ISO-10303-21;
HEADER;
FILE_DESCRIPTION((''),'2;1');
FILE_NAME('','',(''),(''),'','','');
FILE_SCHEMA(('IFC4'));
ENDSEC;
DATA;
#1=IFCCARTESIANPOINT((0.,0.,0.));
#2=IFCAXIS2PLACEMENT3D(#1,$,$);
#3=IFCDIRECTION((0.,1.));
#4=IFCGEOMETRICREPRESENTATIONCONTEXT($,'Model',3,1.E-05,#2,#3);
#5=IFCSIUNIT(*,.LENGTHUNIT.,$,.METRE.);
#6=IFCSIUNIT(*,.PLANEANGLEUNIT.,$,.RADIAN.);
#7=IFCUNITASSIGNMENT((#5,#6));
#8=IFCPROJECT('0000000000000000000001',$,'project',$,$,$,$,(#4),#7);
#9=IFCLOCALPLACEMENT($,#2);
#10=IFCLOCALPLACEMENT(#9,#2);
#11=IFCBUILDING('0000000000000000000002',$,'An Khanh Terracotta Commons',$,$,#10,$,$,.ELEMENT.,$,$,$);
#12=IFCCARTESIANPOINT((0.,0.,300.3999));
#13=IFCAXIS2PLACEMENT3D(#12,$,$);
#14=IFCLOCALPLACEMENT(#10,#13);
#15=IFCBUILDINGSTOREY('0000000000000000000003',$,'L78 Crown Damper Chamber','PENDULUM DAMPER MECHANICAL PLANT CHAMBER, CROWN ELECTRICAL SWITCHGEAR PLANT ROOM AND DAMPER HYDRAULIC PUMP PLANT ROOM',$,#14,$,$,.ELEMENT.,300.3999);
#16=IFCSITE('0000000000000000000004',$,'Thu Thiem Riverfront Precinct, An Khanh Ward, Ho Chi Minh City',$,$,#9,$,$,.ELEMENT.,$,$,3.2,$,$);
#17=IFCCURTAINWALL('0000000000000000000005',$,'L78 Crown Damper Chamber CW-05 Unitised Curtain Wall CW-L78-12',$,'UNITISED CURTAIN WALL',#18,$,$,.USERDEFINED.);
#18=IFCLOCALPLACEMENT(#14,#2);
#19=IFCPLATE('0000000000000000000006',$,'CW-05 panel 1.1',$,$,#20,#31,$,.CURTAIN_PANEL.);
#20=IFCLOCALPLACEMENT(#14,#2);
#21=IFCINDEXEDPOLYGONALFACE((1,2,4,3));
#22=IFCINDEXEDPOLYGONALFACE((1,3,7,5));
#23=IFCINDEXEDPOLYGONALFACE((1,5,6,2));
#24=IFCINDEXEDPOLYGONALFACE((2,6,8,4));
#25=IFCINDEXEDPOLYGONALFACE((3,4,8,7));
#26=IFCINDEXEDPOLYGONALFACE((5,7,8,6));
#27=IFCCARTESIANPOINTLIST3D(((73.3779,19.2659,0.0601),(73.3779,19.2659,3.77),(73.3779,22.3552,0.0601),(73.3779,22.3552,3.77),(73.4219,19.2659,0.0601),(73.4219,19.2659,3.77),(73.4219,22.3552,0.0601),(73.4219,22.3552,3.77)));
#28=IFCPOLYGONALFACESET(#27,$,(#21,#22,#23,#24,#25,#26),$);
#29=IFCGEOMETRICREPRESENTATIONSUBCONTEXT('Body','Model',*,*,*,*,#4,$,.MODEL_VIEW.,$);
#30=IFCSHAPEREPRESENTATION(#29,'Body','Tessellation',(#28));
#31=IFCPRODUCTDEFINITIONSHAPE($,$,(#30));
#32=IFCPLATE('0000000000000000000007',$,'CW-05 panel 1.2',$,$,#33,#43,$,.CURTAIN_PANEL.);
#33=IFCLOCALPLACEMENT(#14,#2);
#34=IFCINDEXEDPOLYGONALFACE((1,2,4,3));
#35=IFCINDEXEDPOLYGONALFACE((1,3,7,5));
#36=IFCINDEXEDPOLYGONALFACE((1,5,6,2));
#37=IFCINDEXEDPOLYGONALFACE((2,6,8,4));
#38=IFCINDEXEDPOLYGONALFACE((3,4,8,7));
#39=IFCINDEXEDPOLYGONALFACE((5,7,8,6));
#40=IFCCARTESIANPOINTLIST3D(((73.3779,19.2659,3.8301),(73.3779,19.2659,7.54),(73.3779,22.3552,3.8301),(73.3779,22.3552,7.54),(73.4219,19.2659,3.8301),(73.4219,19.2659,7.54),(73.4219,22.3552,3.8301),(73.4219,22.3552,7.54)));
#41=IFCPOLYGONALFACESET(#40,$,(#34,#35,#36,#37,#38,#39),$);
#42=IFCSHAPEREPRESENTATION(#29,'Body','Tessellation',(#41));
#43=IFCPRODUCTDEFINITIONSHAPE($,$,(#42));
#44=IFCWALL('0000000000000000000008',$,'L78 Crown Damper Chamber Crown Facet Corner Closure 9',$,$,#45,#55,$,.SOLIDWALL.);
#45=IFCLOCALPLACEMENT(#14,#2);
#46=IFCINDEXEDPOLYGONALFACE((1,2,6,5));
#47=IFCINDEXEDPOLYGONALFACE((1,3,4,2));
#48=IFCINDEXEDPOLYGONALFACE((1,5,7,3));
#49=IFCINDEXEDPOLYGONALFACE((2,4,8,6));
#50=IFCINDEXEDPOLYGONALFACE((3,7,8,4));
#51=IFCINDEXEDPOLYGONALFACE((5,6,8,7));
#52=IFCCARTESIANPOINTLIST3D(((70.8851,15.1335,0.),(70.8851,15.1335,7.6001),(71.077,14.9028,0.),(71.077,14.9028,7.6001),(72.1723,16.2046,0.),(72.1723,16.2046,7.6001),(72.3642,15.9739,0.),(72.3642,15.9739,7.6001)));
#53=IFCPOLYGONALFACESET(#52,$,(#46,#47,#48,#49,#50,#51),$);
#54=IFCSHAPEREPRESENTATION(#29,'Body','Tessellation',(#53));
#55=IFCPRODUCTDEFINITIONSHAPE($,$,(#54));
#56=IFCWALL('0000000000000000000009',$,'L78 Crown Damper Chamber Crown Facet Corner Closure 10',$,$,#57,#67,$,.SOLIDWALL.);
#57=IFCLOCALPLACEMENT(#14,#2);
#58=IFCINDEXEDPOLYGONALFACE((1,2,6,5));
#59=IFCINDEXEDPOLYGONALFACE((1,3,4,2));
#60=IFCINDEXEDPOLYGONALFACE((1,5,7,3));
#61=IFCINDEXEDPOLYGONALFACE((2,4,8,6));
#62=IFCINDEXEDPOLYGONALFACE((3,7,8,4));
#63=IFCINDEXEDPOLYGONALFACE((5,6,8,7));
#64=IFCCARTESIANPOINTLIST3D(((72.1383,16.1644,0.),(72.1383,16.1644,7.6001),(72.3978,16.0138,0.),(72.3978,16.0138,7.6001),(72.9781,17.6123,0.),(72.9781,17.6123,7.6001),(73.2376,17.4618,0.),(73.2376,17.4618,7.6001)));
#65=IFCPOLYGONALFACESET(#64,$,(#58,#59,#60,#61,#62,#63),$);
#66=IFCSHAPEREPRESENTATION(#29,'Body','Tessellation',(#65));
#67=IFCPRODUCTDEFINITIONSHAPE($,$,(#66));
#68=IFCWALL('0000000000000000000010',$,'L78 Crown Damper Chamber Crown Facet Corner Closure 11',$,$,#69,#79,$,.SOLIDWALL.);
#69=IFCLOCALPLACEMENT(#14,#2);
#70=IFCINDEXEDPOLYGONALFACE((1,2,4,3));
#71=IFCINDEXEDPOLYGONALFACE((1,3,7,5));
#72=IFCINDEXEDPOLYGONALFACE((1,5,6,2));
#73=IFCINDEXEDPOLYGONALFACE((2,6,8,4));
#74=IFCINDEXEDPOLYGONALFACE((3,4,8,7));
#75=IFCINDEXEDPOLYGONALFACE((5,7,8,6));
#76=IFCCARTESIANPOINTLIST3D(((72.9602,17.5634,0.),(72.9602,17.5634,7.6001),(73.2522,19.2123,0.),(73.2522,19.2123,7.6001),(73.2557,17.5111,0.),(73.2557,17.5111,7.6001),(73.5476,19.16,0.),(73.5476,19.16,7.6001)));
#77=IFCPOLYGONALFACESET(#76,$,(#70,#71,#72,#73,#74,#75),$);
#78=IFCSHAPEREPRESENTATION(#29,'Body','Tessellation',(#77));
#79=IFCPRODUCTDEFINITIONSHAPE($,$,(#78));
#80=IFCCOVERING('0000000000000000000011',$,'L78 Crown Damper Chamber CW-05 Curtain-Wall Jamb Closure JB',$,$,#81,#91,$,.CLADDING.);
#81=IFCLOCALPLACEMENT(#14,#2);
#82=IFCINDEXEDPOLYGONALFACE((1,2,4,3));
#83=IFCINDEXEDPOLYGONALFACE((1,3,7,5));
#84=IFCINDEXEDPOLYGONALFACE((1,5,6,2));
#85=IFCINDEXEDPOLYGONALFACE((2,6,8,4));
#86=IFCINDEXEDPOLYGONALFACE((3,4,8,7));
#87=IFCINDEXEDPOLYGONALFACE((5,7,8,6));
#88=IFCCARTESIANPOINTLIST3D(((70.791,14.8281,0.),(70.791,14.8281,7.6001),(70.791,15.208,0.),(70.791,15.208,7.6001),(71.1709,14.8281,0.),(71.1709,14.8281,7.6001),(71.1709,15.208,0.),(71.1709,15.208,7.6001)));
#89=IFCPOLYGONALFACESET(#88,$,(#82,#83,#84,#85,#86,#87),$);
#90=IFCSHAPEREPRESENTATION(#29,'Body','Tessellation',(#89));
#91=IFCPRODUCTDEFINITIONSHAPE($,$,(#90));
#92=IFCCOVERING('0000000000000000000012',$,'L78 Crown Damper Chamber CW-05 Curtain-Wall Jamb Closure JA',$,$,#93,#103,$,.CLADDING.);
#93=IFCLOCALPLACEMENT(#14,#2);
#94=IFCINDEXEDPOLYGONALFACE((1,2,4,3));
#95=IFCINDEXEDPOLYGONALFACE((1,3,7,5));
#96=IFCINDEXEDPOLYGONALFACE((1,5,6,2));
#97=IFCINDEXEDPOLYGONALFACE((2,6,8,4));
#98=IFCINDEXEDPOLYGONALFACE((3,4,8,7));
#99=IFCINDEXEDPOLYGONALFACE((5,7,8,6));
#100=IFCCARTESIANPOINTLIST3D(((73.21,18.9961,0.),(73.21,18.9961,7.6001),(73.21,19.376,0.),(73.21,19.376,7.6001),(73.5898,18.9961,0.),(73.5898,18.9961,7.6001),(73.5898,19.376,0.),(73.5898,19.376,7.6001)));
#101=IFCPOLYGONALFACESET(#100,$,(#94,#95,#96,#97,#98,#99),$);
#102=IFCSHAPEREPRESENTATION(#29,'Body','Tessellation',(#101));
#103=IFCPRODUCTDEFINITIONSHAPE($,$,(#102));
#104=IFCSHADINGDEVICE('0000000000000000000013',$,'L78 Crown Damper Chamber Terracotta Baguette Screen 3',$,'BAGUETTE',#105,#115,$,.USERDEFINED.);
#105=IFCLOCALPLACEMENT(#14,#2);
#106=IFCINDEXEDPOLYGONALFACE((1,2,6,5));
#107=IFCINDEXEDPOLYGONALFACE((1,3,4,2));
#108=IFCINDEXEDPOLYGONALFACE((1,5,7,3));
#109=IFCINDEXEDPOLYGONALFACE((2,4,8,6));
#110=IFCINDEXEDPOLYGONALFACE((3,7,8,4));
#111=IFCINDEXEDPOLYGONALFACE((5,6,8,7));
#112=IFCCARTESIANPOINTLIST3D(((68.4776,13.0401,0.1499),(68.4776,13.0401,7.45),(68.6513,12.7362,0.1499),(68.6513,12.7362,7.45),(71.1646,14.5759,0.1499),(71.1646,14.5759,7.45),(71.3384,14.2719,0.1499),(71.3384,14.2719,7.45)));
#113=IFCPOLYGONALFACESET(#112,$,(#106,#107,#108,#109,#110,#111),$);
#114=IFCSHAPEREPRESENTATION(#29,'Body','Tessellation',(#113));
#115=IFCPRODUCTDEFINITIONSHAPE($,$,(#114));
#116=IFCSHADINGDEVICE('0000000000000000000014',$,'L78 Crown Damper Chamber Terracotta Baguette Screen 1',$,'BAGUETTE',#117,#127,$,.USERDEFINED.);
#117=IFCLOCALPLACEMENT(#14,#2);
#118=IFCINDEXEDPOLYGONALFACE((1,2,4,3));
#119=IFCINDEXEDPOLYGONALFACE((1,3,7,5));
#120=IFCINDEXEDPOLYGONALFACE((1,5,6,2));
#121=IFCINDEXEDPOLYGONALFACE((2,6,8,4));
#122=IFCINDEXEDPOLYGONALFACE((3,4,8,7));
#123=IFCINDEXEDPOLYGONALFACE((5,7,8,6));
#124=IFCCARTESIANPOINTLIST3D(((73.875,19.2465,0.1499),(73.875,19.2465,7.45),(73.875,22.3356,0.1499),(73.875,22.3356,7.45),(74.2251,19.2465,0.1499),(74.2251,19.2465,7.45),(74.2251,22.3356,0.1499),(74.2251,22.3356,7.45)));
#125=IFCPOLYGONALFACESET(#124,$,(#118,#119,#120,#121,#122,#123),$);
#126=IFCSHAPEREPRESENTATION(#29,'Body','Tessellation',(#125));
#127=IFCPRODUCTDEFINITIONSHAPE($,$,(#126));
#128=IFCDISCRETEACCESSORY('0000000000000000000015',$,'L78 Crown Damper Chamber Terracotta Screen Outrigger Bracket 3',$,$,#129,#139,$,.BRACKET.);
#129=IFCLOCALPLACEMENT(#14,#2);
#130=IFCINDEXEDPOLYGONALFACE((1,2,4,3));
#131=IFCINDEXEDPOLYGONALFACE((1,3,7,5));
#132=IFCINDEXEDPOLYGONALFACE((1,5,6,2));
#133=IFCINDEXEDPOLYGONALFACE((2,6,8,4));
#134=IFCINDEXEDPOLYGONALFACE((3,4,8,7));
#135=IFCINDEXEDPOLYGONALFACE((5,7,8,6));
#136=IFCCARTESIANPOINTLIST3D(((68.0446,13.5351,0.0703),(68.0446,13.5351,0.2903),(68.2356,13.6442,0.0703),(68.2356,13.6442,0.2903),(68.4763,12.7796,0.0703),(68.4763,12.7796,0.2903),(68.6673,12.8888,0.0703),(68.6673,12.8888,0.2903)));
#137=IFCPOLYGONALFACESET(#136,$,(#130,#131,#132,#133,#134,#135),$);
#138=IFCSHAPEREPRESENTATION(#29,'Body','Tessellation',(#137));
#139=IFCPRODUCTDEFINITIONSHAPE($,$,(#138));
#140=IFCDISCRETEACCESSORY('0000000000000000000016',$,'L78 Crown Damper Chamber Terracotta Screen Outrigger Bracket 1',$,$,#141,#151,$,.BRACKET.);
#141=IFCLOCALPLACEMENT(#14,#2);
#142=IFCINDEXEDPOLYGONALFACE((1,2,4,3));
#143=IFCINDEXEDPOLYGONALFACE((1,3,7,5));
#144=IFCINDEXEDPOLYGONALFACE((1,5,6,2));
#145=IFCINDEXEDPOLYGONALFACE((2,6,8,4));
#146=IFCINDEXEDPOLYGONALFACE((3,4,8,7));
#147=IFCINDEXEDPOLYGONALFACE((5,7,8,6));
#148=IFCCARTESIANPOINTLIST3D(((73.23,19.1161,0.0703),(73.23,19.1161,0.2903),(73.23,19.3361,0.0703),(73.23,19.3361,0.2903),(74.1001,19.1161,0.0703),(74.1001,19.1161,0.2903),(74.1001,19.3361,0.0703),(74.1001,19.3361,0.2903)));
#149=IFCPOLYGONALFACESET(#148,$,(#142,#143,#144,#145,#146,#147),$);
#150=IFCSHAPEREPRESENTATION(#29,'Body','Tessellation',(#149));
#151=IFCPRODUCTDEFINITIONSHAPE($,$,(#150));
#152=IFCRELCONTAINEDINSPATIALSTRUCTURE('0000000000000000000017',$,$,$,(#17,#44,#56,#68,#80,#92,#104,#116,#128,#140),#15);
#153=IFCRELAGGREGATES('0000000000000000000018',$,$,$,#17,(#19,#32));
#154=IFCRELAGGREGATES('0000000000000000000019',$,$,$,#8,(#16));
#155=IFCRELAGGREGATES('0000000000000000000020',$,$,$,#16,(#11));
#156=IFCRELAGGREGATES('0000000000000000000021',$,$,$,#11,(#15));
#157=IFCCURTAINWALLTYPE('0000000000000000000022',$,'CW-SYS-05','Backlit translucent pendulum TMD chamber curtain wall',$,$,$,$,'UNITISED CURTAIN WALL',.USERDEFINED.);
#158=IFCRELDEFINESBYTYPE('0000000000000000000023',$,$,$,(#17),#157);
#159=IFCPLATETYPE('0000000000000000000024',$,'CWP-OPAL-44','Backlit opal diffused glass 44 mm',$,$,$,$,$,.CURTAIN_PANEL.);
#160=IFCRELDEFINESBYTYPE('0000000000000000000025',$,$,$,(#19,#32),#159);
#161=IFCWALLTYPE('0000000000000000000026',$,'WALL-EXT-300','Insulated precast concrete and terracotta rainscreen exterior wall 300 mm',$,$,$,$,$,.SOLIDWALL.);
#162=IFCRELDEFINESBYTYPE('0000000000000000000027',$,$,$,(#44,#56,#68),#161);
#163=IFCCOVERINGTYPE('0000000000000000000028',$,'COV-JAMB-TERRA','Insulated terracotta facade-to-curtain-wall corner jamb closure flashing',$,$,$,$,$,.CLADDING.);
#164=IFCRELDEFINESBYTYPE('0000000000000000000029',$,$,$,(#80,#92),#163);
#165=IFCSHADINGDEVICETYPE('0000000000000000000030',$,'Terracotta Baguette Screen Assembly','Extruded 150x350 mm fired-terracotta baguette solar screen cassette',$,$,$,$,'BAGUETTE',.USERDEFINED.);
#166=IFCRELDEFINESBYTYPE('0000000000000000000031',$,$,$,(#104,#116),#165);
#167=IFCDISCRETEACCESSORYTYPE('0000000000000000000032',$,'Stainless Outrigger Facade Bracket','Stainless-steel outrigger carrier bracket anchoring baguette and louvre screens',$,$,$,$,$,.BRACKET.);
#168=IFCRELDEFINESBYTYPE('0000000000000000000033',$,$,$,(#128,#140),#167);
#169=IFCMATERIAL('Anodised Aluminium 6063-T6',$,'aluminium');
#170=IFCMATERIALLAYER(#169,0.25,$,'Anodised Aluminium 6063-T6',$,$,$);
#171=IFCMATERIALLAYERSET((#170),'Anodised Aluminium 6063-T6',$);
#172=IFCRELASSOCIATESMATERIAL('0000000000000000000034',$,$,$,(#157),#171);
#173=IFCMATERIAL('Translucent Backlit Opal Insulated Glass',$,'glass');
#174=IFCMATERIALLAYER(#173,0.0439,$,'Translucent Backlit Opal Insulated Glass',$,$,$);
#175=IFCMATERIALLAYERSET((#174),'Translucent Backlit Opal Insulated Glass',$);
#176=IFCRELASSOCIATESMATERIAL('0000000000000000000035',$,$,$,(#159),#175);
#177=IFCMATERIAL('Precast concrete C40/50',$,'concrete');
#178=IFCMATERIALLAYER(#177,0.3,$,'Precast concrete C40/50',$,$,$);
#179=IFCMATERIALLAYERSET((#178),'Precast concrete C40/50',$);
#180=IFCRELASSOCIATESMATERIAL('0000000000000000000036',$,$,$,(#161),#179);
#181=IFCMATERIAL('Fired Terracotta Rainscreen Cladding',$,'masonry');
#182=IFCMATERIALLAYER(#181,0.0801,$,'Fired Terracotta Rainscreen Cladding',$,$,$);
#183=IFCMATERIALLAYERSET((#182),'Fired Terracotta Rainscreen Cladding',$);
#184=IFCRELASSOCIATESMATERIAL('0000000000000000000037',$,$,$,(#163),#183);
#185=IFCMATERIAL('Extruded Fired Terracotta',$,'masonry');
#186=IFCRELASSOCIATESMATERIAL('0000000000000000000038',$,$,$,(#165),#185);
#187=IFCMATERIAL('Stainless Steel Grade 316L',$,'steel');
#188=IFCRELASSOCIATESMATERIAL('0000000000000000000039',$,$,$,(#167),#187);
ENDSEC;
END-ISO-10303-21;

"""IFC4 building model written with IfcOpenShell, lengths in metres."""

from ifc_helpers import new_model, si_unit, direction, frame, frame_2d, origin, origin_2d, place, context, subcontext, project, spatial, rectangle, extrude, material, layer, layer_set, type_object, element, aggregate, save


model = new_model("IFC4")

# Units and contexts
model_context = context("Model", 3, precision=1e-05, world=origin(), true_north=direction((0.0, 1.0)))
body_context = subcontext(model_context, "Body", "Model", "MODEL_VIEW")
ifc_project = project(units=[si_unit("LENGTHUNIT", "METRE"), si_unit("PLANEANGLEUNIT", "RADIAN")], contexts=[model_context])

# Site, building, storey
site_placement = place(None, origin())
site = spatial("IfcSite", under=ifc_project, at=site_placement, Name="Thu Thiem Riverfront Precinct, An Khanh Ward, Ho Chi Minh City", CompositionType="ELEMENT", RefElevation=3.2)
building_placement = place(site_placement, origin())
building = spatial("IfcBuilding", under=site, at=building_placement, Name="An Khanh Terracotta Commons", CompositionType="ELEMENT")
storey_placement = place(building_placement, frame((0.0, 0.0, 300.3999)))
storey = spatial("IfcBuildingStorey", under=building, at=storey_placement, Name="L78 Crown Damper Chamber", Description="PENDULUM DAMPER MECHANICAL PLANT CHAMBER, CROWN ELECTRICAL SWITCHGEAR PLANT ROOM AND DAMPER HYDRAULIC PUMP PLANT ROOM", CompositionType="ELEMENT", Elevation=300.3999)

# Curtain wall
ifc_material_1 = material(Name="Anodised Aluminium 6063-T6", Category="aluminium")
ifc_layer_1 = layer(ifc_material_1, 0.25, Name="Anodised Aluminium 6063-T6")
ifc_layer_set_1 = layer_set([ifc_layer_1], Name="Anodised Aluminium 6063-T6")
curtain_wall_type = type_object("IfcCurtainWallType", Name="CW-SYS-05", Description="Backlit translucent pendulum TMD chamber curtain wall", ElementType="UNITISED CURTAIN WALL", PredefinedType="USERDEFINED", material=ifc_layer_set_1)
curtain_wall_1_placement = place(storey_placement, origin())
curtain_wall_1 = element("IfcCurtainWall", 1, at=curtain_wall_1_placement, inside=storey, type_object=curtain_wall_type, Name="L78 Crown Damper Chamber CW-05 Unitised Curtain Wall CW-L78-12", ObjectType="UNITISED CURTAIN WALL", PredefinedType="USERDEFINED")

# Plates
ifc_material_2 = material(Name="Translucent Backlit Opal Insulated Glass", Category="glass")
ifc_layer_2 = layer(ifc_material_2, 0.0439, Name="Translucent Backlit Opal Insulated Glass")
ifc_layer_set_2 = layer_set([ifc_layer_2], Name="Translucent Backlit Opal Insulated Glass")
plate_type = type_object("IfcPlateType", Name="CWP-OPAL-44", Description="Backlit opal diffused glass 44 mm", PredefinedType="CURTAIN_PANEL", material=ifc_layer_set_2)
plate_1_placement = place(storey_placement, frame((73.3999, 20.8105, 0.0601), z_axis=(0.0, 0.0, 1.0), x_axis=(0.0, 1.0, 0.0)))
plate_1 = element("IfcPlate", 2, at=plate_1_placement, type_object=plate_type, Name="CW-05 panel 1.1", PredefinedType="CURTAIN_PANEL", context=body_context, shape_type="SweptSolid", body=[
    extrude(rectangle(XDim=3.0894, YDim=0.0439, at=origin_2d()), origin(), (0.0, 0.0, 1.0), 3.71),
])
plate_2_placement = place(storey_placement, frame((73.3999, 20.8105, 3.8301), z_axis=(0.0, 0.0, 1.0), x_axis=(0.0, 1.0, 0.0)))
plate_2 = element("IfcPlate", 3, at=plate_2_placement, type_object=plate_type, Name="CW-05 panel 1.2", PredefinedType="CURTAIN_PANEL", context=body_context, shape_type="SweptSolid", body=[
    extrude(rectangle(XDim=3.0894, YDim=0.0439, at=origin_2d()), origin(), (0.0, 0.0, 1.0), 3.71),
])
aggregate(curtain_wall_1, [plate_1, plate_2])

# Walls
ifc_material_3 = material(Name="Precast concrete C40/50", Category="concrete")
ifc_layer_3 = layer(ifc_material_3, 0.3, Name="Precast concrete C40/50")
ifc_layer_set_3 = layer_set([ifc_layer_3], Name="Precast concrete C40/50")
wall_type = type_object("IfcWallType", Name="WALL-EXT-300", Description="Insulated precast concrete and terracotta rainscreen exterior wall 300 mm", PredefinedType="SOLIDWALL", material=ifc_layer_set_3)
wall_1_placement = place(storey_placement, frame((70.981, 15.0181, 0.0), z_axis=(0.0, 0.0, 1.0), x_axis=(0.768675, 0.639639, 0.0)))
element("IfcWall", 4, at=wall_1_placement, inside=storey, type_object=wall_type, Name="L78 Crown Damper Chamber Crown Facet Corner Closure 9", PredefinedType="SOLIDWALL", context=body_context, shape_type="SweptSolid", body=[
    extrude(rectangle(XDim=1.6746, YDim=0.3, at=frame_2d((0.8374, 0.0))), origin(), (0.0, 0.0, 1.0), 7.6001),
])
wall_2_placement = place(storey_placement, frame((72.2681, 16.0891, 0.0), z_axis=(0.0, 0.0, 1.0), x_axis=(0.50172, 0.86503, 0.0)))
element("IfcWall", 5, at=wall_2_placement, inside=storey, type_object=wall_type, Name="L78 Crown Damper Chamber Crown Facet Corner Closure 10", PredefinedType="SOLIDWALL", context=body_context, shape_type="SweptSolid", body=[
    extrude(rectangle(XDim=1.6738, YDim=0.3, at=frame_2d((0.8369, 0.0))), origin(), (0.0, 0.0, 1.0), 7.6001),
])
wall_3_placement = place(storey_placement, frame((73.1079, 17.5371, 0.0), z_axis=(0.0, 0.0, 1.0), x_axis=(0.174367, 0.984681, 0.0)))
element("IfcWall", 6, at=wall_3_placement, inside=storey, type_object=wall_type, Name="L78 Crown Damper Chamber Crown Facet Corner Closure 11", PredefinedType="SOLIDWALL", context=body_context, shape_type="SweptSolid", body=[
    extrude(rectangle(XDim=1.6746, YDim=0.3, at=frame_2d((0.8374, 0.0))), origin(), (0.0, 0.0, 1.0), 7.6001),
])

# Coverings
ifc_material_4 = material(Name="Fired Terracotta Rainscreen Cladding", Category="masonry")
ifc_layer_4 = layer(ifc_material_4, 0.0801, Name="Fired Terracotta Rainscreen Cladding")
ifc_layer_set_4 = layer_set([ifc_layer_4], Name="Fired Terracotta Rainscreen Cladding")
covering_type = type_object("IfcCoveringType", Name="COV-JAMB-TERRA", Description="Insulated terracotta facade-to-curtain-wall corner jamb closure flashing", PredefinedType="CLADDING", material=ifc_layer_set_4)
for number, where, z_axis, x_axis, name in (
    (7, (70.981, 15.0181, 0.0), (0.0, 0.0, 1.0), (1.0, 0.0, 0.0), "L78 Crown Damper Chamber CW-05 Curtain-Wall Jamb Closure JB"),
    (8, (73.3999, 19.186, 0.0), (0.0, 0.0, 1.0), (1.0, 0.0, 0.0), "L78 Crown Damper Chamber CW-05 Curtain-Wall Jamb Closure JA"),
):
    element("IfcCovering", number, at=place(storey_placement, frame(where, z_axis=z_axis, x_axis=x_axis)), inside=storey, type_object=covering_type, Name=name, PredefinedType="CLADDING", context=body_context, shape_type="SweptSolid", body=[
        extrude(rectangle(XDim=0.3799, YDim=0.3799, at=origin_2d()), origin(), (0.0, 0.0, 1.0), 7.6001),
    ])

# Shading devices
ifc_material_5 = material(Name="Extruded Fired Terracotta", Category="masonry")
shading_device_type = type_object("IfcShadingDeviceType", Name="Terracotta Baguette Screen Assembly", Description="Extruded 150x350 mm fired-terracotta baguette solar screen cassette", ElementType="BAGUETTE", PredefinedType="USERDEFINED", material=ifc_material_5)
shading_device_1_placement = place(storey_placement, frame((69.908, 13.656, 0.1499), z_axis=(0.0, 0.0, 1.0), x_axis=(0.868205, 0.496206, 0.0)))
element("IfcShadingDevice", 9, at=shading_device_1_placement, inside=storey, type_object=shading_device_type, Name="L78 Crown Damper Chamber Terracotta Baguette Screen 3", ObjectType="BAGUETTE", PredefinedType="USERDEFINED", context=body_context, shape_type="SweptSolid", body=[
    extrude(rectangle(XDim=3.095, YDim=0.3501, at=origin_2d()), origin(), (0.0, 0.0, 1.0), 7.3),
])
shading_device_2_placement = place(storey_placement, frame((74.05, 20.791, 0.1499), z_axis=(0.0, 0.0, 1.0), x_axis=(0.0, 1.0, 0.0)))
element("IfcShadingDevice", 10, at=shading_device_2_placement, inside=storey, type_object=shading_device_type, Name="L78 Crown Damper Chamber Terracotta Baguette Screen 1", ObjectType="BAGUETTE", PredefinedType="USERDEFINED", context=body_context, shape_type="SweptSolid", body=[
    extrude(rectangle(XDim=3.0891, YDim=0.3501, at=origin_2d()), origin(), (0.0, 0.0, 1.0), 7.3),
])

# Discrete accessories
ifc_material_6 = material(Name="Stainless Steel Grade 316L", Category="steel")
discrete_accessory_type = type_object("IfcDiscreteAccessoryType", Name="Stainless Outrigger Facade Bracket", Description="Stainless-steel outrigger carrier bracket anchoring baguette and louvre screens", PredefinedType="BRACKET", material=ifc_material_6)
for number, where, z_axis, x_axis, name in (
    (11, (68.356, 13.2119, 0.0703), (0.0, 0.0, 1.0), (0.868205, 0.496206, 0.0), "L78 Crown Damper Chamber Terracotta Screen Outrigger Bracket 3"),
    (12, (73.665, 19.2261, 0.0703), (0.0, 0.0, 1.0), (0.0, 1.0, 0.0), "L78 Crown Damper Chamber Terracotta Screen Outrigger Bracket 1"),
):
    element("IfcDiscreteAccessory", number, at=place(storey_placement, frame(where, z_axis=z_axis, x_axis=x_axis)), inside=storey, type_object=discrete_accessory_type, Name=name, PredefinedType="BRACKET", context=body_context, shape_type="SweptSolid", body=[
        extrude(rectangle(XDim=0.22, YDim=0.8701, at=origin_2d()), origin(), (0.0, 0.0, 1.0), 0.22),
    ])

save(model, "model.ifc")
